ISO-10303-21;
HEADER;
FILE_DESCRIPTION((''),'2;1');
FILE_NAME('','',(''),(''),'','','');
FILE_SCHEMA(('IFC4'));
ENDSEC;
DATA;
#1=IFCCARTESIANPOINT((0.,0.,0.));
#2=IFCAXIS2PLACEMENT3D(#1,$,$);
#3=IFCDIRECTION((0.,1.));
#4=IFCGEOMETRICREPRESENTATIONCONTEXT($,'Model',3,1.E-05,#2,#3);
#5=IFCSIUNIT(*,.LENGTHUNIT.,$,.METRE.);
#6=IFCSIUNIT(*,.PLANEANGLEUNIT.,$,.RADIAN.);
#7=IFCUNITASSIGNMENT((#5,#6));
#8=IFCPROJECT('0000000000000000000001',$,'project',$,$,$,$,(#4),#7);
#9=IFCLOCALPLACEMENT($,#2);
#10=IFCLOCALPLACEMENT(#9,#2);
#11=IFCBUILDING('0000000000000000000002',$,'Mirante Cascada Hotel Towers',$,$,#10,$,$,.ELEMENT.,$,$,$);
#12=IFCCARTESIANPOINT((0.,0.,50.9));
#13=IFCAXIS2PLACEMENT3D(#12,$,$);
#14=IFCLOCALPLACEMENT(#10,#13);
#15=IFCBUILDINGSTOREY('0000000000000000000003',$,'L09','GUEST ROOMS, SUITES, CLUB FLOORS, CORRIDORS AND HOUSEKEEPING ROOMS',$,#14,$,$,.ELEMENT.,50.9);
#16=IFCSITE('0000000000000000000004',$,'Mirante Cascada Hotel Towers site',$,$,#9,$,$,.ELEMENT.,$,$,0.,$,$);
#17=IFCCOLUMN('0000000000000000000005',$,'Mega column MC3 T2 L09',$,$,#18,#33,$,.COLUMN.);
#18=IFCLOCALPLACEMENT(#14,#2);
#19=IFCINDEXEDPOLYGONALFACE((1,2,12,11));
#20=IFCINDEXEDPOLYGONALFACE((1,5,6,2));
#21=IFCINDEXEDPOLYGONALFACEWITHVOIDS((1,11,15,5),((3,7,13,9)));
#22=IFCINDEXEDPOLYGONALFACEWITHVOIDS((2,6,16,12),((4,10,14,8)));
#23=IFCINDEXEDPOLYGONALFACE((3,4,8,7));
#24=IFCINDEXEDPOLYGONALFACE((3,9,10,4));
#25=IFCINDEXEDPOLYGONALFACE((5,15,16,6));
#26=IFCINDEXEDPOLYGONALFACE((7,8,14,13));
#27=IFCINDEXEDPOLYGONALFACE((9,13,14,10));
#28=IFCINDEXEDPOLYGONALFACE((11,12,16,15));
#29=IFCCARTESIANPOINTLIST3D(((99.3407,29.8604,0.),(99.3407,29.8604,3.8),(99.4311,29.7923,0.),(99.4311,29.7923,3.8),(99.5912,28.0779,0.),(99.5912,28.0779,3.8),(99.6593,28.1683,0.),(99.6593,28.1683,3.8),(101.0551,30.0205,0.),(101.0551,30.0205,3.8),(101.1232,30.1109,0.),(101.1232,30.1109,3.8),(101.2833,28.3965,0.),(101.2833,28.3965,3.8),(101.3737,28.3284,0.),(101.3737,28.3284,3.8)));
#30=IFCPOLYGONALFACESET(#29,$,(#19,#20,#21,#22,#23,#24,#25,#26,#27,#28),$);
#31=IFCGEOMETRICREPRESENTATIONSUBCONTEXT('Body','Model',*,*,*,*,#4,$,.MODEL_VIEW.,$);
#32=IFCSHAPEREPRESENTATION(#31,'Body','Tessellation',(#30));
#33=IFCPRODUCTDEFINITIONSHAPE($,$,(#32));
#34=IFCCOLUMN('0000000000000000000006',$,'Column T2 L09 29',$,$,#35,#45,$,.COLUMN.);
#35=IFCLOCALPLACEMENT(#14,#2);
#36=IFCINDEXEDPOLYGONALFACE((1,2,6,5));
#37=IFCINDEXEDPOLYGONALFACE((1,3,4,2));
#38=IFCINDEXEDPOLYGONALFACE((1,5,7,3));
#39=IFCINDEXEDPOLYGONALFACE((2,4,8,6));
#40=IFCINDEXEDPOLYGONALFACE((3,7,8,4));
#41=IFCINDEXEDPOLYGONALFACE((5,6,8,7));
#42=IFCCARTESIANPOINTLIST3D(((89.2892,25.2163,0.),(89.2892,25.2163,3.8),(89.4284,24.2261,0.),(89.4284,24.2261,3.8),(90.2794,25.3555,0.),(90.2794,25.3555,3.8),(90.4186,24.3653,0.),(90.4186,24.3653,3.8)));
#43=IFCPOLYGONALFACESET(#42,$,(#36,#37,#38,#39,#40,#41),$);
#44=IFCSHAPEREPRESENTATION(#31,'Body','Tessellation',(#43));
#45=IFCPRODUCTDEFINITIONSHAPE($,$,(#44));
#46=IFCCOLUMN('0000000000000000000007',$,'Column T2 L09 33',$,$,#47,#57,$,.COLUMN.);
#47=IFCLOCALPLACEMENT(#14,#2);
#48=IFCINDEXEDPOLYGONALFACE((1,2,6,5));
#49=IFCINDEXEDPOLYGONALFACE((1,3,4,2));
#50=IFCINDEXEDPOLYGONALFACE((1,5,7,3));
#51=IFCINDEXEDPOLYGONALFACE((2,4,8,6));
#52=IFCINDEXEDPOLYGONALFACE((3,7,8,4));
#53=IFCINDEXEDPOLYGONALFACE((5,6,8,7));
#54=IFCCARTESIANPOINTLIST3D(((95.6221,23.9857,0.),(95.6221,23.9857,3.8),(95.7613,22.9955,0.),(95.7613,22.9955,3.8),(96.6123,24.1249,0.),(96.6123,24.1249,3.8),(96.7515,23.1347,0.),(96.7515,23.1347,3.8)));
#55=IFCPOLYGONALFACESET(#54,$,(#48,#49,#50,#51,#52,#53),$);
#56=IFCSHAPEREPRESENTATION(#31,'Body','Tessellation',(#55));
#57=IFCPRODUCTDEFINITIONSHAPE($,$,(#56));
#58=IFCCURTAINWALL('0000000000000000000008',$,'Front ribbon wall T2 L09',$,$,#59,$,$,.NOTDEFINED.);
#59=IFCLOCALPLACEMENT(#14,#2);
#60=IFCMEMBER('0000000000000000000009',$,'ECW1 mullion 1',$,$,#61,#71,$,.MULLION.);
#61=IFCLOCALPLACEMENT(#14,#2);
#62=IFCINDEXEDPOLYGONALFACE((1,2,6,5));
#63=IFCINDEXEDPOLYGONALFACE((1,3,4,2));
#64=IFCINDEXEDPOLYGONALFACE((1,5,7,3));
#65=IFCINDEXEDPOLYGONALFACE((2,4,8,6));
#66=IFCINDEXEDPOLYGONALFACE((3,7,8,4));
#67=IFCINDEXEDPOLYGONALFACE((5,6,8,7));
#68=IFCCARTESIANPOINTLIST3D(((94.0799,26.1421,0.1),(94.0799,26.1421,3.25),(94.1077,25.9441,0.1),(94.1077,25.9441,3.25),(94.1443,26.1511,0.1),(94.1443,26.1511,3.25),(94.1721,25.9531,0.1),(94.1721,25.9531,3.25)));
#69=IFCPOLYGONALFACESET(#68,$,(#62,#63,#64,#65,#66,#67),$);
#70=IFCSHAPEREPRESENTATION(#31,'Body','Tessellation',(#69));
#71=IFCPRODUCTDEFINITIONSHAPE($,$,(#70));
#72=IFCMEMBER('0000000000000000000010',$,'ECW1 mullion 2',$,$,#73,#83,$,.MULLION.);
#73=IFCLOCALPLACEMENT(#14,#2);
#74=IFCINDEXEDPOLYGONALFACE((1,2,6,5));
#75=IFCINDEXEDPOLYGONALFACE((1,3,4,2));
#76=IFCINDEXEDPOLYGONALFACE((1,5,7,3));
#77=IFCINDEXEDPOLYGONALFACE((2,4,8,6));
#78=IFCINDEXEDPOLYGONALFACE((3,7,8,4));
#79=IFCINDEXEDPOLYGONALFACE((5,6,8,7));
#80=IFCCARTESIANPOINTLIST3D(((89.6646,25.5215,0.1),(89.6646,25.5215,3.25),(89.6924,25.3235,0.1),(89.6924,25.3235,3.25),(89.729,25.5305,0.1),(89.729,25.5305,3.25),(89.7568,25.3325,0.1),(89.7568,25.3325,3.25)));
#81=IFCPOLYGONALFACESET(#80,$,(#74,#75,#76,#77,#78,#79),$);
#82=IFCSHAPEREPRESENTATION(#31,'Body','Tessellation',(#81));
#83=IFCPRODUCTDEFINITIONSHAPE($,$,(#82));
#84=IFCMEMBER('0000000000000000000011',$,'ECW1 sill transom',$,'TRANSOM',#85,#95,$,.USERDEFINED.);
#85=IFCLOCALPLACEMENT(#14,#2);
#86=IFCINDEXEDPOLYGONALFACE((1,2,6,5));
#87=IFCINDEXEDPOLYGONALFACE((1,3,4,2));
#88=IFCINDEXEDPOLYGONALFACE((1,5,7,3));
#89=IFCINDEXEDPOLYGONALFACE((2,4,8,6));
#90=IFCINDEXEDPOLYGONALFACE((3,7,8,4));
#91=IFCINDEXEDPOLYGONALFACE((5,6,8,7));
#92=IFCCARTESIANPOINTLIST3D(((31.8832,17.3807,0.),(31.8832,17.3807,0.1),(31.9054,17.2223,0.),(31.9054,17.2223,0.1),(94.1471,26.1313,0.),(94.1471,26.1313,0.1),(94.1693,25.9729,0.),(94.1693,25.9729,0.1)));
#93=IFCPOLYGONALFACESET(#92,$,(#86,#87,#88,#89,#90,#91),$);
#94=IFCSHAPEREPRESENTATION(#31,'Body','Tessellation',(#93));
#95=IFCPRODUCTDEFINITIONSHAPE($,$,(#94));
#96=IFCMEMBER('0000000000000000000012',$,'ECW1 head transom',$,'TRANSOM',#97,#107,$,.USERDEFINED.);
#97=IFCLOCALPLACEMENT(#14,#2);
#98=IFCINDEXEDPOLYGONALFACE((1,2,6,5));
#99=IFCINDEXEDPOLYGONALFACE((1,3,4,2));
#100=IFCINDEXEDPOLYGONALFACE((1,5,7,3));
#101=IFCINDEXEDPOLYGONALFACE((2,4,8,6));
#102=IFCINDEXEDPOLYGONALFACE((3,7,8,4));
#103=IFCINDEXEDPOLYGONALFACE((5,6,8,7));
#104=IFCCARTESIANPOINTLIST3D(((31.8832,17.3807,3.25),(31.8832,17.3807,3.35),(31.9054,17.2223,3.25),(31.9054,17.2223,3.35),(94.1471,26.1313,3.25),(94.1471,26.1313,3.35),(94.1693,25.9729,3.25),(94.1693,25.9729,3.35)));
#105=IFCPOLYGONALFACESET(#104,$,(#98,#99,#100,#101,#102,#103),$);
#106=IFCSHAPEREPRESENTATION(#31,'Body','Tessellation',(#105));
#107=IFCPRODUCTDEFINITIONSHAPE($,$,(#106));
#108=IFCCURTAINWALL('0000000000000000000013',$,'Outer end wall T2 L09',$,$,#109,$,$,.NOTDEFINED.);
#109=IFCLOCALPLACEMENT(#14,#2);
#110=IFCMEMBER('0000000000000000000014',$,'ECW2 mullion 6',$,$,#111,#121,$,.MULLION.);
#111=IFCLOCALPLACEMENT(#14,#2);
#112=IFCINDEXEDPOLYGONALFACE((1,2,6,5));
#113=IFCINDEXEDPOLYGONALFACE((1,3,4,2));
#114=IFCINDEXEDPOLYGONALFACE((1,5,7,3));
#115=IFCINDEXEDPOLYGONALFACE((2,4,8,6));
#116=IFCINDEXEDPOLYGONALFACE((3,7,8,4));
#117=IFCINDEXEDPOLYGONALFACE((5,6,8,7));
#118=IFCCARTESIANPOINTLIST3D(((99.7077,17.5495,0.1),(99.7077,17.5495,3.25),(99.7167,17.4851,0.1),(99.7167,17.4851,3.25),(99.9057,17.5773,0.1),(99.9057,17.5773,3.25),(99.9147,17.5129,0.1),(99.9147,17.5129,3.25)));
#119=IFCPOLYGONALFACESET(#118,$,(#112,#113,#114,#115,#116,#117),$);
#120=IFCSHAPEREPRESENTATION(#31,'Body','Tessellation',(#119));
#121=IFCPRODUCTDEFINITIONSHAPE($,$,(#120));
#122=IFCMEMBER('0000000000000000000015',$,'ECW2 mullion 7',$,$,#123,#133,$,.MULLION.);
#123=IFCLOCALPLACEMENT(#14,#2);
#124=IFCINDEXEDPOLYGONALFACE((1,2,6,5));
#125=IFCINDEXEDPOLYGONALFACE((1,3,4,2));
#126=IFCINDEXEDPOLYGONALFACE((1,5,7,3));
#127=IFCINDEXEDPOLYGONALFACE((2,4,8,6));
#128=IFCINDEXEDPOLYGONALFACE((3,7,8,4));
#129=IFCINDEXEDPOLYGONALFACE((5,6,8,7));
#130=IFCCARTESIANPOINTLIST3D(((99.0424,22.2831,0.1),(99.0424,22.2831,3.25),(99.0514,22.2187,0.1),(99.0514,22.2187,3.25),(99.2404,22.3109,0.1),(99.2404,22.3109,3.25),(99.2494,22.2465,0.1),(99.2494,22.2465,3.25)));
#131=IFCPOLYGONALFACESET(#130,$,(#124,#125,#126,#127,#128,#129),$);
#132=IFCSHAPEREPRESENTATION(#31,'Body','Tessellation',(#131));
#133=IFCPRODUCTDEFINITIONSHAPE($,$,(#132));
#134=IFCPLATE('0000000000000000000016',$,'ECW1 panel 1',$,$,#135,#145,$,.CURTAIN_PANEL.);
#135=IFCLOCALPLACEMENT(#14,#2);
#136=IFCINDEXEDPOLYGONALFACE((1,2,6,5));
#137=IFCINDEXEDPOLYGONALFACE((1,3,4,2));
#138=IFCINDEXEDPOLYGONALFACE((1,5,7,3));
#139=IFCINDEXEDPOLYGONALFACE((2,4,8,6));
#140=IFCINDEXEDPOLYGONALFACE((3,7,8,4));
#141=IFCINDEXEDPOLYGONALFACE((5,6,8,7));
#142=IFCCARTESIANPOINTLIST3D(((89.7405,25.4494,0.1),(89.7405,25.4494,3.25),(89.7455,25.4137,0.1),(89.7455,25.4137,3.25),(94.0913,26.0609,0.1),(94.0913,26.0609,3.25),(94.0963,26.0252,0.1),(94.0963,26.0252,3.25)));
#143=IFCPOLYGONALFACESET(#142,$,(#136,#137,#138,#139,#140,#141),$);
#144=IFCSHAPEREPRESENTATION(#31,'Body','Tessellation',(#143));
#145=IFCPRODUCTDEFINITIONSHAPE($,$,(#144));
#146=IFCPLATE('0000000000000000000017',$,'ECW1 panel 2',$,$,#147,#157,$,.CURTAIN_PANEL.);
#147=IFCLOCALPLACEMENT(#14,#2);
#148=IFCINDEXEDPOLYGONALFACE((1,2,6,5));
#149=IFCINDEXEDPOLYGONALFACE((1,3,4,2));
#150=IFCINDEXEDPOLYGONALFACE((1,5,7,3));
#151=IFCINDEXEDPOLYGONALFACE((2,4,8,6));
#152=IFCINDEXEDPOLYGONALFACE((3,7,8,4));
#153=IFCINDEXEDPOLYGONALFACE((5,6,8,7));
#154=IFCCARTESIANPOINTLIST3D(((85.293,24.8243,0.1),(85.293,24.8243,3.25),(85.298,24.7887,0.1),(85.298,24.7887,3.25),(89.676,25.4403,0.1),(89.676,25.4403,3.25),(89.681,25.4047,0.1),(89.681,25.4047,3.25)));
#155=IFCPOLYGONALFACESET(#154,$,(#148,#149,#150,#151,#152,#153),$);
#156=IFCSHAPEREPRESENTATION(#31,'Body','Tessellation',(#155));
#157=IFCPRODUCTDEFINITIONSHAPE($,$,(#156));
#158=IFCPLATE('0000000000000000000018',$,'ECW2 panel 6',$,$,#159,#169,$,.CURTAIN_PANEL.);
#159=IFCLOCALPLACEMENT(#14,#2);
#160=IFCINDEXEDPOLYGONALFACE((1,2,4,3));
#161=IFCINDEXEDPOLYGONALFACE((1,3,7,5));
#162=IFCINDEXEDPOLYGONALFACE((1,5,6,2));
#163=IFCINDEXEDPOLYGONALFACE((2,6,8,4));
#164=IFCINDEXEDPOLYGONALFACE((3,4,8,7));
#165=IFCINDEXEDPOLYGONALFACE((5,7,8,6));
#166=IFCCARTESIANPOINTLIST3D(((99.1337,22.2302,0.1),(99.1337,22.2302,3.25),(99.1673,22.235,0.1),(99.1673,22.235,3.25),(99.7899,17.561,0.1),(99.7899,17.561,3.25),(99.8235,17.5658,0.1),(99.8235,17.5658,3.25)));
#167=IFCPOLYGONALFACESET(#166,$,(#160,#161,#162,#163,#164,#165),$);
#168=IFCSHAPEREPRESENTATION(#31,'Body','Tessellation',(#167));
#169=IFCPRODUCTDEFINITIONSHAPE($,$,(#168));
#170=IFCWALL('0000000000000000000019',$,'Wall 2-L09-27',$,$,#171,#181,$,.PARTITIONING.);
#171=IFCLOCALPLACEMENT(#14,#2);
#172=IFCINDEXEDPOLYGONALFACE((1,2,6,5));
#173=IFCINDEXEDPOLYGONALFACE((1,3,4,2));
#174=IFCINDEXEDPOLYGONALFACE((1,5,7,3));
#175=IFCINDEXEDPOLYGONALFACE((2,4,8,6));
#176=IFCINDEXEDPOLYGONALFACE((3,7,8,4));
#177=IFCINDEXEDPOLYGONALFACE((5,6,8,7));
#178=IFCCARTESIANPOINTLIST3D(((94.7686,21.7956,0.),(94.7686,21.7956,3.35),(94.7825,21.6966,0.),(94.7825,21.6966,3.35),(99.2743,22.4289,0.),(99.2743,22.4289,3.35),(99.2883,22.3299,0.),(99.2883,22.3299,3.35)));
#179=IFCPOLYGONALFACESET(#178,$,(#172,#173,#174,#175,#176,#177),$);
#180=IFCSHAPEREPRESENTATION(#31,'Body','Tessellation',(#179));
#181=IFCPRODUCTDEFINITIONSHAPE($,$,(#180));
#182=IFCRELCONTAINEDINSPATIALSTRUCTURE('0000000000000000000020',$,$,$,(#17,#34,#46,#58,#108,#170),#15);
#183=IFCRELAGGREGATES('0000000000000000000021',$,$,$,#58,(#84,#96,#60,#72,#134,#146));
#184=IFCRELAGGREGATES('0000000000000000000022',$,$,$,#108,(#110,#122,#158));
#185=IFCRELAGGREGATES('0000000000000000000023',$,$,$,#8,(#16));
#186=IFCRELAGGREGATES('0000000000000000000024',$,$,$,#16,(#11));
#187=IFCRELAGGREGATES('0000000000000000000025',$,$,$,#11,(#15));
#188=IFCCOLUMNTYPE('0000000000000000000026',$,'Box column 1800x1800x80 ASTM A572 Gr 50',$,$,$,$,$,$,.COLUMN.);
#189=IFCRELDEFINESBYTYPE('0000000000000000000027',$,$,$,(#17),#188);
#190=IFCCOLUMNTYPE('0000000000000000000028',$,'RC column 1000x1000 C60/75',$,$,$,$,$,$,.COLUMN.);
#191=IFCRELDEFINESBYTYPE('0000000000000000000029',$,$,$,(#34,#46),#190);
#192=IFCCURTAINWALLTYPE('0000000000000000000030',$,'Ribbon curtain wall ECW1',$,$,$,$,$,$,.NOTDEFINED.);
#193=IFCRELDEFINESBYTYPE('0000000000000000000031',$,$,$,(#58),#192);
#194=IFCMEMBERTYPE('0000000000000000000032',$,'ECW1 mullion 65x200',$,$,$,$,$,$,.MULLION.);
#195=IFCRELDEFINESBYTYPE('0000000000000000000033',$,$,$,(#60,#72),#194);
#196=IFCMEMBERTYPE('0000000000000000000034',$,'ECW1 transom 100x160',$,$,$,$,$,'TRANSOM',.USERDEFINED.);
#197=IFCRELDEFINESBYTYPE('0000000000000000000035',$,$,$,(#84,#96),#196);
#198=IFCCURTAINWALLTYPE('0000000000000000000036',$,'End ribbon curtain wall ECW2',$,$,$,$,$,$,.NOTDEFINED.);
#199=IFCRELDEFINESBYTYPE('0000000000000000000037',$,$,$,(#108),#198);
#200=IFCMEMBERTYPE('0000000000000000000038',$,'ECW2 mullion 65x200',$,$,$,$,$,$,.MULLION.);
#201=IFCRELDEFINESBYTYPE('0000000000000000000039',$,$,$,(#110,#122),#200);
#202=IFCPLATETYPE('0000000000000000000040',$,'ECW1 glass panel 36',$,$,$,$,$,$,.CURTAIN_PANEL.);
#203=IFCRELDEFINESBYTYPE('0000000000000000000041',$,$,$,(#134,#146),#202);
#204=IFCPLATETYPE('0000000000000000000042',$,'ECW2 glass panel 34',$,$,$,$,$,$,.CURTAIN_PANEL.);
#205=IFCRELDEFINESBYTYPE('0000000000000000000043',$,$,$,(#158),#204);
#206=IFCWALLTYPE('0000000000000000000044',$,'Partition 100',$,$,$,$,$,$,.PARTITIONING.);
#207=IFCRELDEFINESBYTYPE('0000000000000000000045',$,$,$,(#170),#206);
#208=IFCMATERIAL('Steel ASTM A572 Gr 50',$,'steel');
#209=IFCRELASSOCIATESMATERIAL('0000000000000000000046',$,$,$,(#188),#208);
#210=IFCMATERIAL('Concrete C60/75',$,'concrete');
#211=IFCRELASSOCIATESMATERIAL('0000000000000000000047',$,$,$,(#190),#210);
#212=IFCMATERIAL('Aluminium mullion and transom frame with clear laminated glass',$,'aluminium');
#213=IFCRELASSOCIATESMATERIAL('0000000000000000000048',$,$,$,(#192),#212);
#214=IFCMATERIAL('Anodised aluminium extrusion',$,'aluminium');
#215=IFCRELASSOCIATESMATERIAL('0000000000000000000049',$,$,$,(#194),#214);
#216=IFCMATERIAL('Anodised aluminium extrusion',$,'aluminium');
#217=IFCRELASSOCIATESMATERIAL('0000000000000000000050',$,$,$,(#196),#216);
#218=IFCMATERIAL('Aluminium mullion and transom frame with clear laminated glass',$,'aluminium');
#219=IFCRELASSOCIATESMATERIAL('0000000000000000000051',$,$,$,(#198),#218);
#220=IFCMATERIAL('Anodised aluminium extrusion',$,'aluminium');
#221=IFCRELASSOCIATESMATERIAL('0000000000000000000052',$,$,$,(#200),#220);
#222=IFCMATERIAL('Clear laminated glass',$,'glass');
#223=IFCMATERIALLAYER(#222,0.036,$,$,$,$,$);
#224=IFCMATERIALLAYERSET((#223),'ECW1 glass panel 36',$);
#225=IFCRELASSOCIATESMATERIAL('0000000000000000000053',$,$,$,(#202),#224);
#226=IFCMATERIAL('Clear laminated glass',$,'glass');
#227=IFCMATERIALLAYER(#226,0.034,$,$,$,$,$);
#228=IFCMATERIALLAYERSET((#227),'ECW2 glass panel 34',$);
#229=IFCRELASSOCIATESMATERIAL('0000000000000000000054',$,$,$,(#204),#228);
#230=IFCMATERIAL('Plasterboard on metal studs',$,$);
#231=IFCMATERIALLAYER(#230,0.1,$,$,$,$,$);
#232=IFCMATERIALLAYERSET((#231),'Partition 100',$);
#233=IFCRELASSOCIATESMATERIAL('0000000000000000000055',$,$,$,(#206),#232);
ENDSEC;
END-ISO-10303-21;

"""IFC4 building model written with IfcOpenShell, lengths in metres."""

from ifc_helpers import new_model, si_unit, direction, frame, frame_2d, origin, origin_2d, place, context, subcontext, project, spatial, rectangle, hollow_rectangle, extrude, material, layer, layer_set, material_profile, profile_set, type_object, element, aggregate, save


model = new_model("IFC4")

# Units and contexts
model_context = context("Model", 3, precision=1e-05, world=origin(), true_north=direction((0.0, 1.0)))
body_context = subcontext(model_context, "Body", "Model", "MODEL_VIEW")
ifc_project = project(units=[si_unit("LENGTHUNIT", "METRE"), si_unit("PLANEANGLEUNIT", "RADIAN")], contexts=[model_context])

# Site, building, storey
site_placement = place(None, origin())
site = spatial("IfcSite", under=ifc_project, at=site_placement, Name="Mirante Cascada Hotel Towers site", CompositionType="ELEMENT", RefElevation=0.0)
building_placement = place(site_placement, origin())
building = spatial("IfcBuilding", under=site, at=building_placement, Name="Mirante Cascada Hotel Towers", CompositionType="ELEMENT")
storey_placement = place(building_placement, frame((0.0, 0.0, 50.9)))
storey = spatial("IfcBuildingStorey", under=building, at=storey_placement, Name="L09", Description="GUEST ROOMS, SUITES, CLUB FLOORS, CORRIDORS AND HOUSEKEEPING ROOMS", CompositionType="ELEMENT", Elevation=50.9)

# Columns
ifc_material_1 = material(Name="Steel ASTM A572 Gr 50", Category="steel")
ifc_material_profile_1 = material_profile(ifc_material_1, hollow_rectangle(XDim=1.8, YDim=1.8, WallThickness=0.08, at=origin_2d()), Name="Box column 1800x1800x80 ASTM A572 Gr 50")
ifc_profile_set_1 = profile_set([ifc_material_profile_1], Name="Steel ASTM A572 Gr 50")
column_type_1 = type_object("IfcColumnType", Name="Box column 1800x1800x80 ASTM A572 Gr 50", PredefinedType="COLUMN", material=ifc_profile_set_1)
column_placement = place(storey_placement, frame((100.3572, 29.0944, 0.0), z_axis=(0.0, 0.0, 1.0), x_axis=(0.990268, 0.139173, 0.0)))
element("IfcColumn", 1, at=column_placement, inside=storey, type_object=column_type_1, Name="Mega column MC3 T2 L09", PredefinedType="COLUMN", context=body_context, shape_type="SweptSolid", body=[
    extrude(hollow_rectangle(XDim=1.8, YDim=1.8, WallThickness=0.08, at=origin_2d()), origin(), (0.0, 0.0, 1.0), 3.8),
])
ifc_material_2 = material(Name="Concrete C60/75", Category="concrete")
ifc_material_profile_2 = material_profile(ifc_material_2, rectangle(XDim=1.0, YDim=1.0, at=origin_2d()), Name="RC column 1000x1000 C60/75")
ifc_profile_set_2 = profile_set([ifc_material_profile_2], Name="Concrete C60/75")
column_type_2 = type_object("IfcColumnType", Name="RC column 1000x1000 C60/75", PredefinedType="COLUMN", material=ifc_profile_set_2)
for number, where, z_axis, x_axis, name in (
    (2, (89.8539, 24.7908, 0.0), (0.0, 0.0, 1.0), (0.990268, 0.139173, 0.0), "Column T2 L09 29"),
    (3, (96.1868, 23.5602, 0.0), (0.0, 0.0, 1.0), (0.990268, 0.139173, 0.0), "Column T2 L09 33"),
):
    element("IfcColumn", number, at=place(storey_placement, frame(where, z_axis=z_axis, x_axis=x_axis)), inside=storey, type_object=column_type_2, Name=name, PredefinedType="COLUMN", context=body_context, shape_type="SweptSolid", body=[
        extrude(rectangle(XDim=1.0, YDim=1.0, at=origin_2d()), origin(), (0.0, 0.0, 1.0), 3.8),
    ])

# Curtain walls, members
ifc_material_3 = material(Name="Aluminium mullion and transom frame with clear laminated glass", Category="aluminium")
curtain_wall_type_1 = type_object("IfcCurtainWallType", Name="Ribbon curtain wall ECW1", PredefinedType="NOTDEFINED", material=ifc_material_3)
curtain_wall_1_placement = place(storey_placement, origin())
curtain_wall_1 = element("IfcCurtainWall", 4, at=curtain_wall_1_placement, inside=storey, type_object=curtain_wall_type_1, Name="Front ribbon wall T2 L09", PredefinedType="NOTDEFINED")
ifc_material_4 = material(Name="Anodised aluminium extrusion", Category="aluminium")
ifc_material_profile_3 = material_profile(ifc_material_4, rectangle(XDim=0.2, YDim=0.065, at=origin_2d()), Name="ECW1 MULLION 65x200")
ifc_profile_set_3 = profile_set([ifc_material_profile_3], Name="Anodised aluminium extrusion")
member_type_1 = type_object("IfcMemberType", Name="ECW1 mullion 65x200", PredefinedType="MULLION", material=ifc_profile_set_3)
member_1_placement = place(storey_placement, frame((94.126, 26.0476, 0.1), z_axis=(0.0, 0.0, 1.0), x_axis=(0.139173, -0.990268, 0.0)))
member_1 = element("IfcMember", 5, at=member_1_placement, type_object=member_type_1, Name="ECW1 mullion 1", PredefinedType="MULLION", context=body_context, shape_type="SweptSolid", body=[
    extrude(rectangle(XDim=0.2, YDim=0.065, at=origin_2d()), origin(), (0.0, 0.0, 1.0), 3.15),
])
member_2_placement = place(storey_placement, frame((89.7107, 25.427, 0.1), z_axis=(0.0, 0.0, 1.0), x_axis=(0.139173, -0.990268, 0.0)))
member_2 = element("IfcMember", 6, at=member_2_placement, type_object=member_type_1, Name="ECW1 mullion 2", PredefinedType="MULLION", context=body_context, shape_type="SweptSolid", body=[
    extrude(rectangle(XDim=0.2, YDim=0.065, at=origin_2d()), origin(), (0.0, 0.0, 1.0), 3.15),
])
ifc_material_5 = material(Name="Anodised aluminium extrusion", Category="aluminium")
ifc_material_profile_4 = material_profile(ifc_material_5, rectangle(XDim=0.16, YDim=0.1, at=origin_2d()), Name="ECW1 TRANSOM 100x160")
ifc_profile_set_4 = profile_set([ifc_material_profile_4], Name="Anodised aluminium extrusion")
member_type_2 = type_object("IfcMemberType", Name="ECW1 transom 100x160", ElementType="TRANSOM", PredefinedType="USERDEFINED", material=ifc_profile_set_4)
member_3_placement = place(storey_placement, frame((94.1582, 26.0521, 0.05), z_axis=(-0.990268, -0.139173, 0.0), x_axis=(0.139173, -0.990268, 0.0)))
member_3 = element("IfcMember", 7, at=member_3_placement, type_object=member_type_2, Name="ECW1 sill transom", ObjectType="TRANSOM", PredefinedType="USERDEFINED", context=body_context, shape_type="SweptSolid", body=[
    extrude(rectangle(XDim=0.16, YDim=0.1, at=origin_2d()), origin(), (0.0, 0.0, 1.0), 62.8758),
])
member_4_placement = place(storey_placement, frame((94.1582, 26.0521, 3.3), z_axis=(-0.990268, -0.139173, 0.0), x_axis=(0.139173, -0.990268, 0.0)))
member_4 = element("IfcMember", 8, at=member_4_placement, type_object=member_type_2, Name="ECW1 head transom", ObjectType="TRANSOM", PredefinedType="USERDEFINED", context=body_context, shape_type="SweptSolid", body=[
    extrude(rectangle(XDim=0.16, YDim=0.1, at=origin_2d()), origin(), (0.0, 0.0, 1.0), 62.8758),
])
ifc_material_6 = material(Name="Aluminium mullion and transom frame with clear laminated glass", Category="aluminium")
curtain_wall_type_2 = type_object("IfcCurtainWallType", Name="End ribbon curtain wall ECW2", PredefinedType="NOTDEFINED", material=ifc_material_6)
curtain_wall_2_placement = place(storey_placement, origin())
curtain_wall_2 = element("IfcCurtainWall", 9, at=curtain_wall_2_placement, inside=storey, type_object=curtain_wall_type_2, Name="Outer end wall T2 L09", PredefinedType="NOTDEFINED")
ifc_material_7 = material(Name="Anodised aluminium extrusion", Category="aluminium")
ifc_material_profile_5 = material_profile(ifc_material_7, rectangle(XDim=0.2, YDim=0.065, at=origin_2d()), Name="ECW2 MULLION 65x200")
ifc_profile_set_5 = profile_set([ifc_material_profile_5], Name="Anodised aluminium extrusion")
member_type_3 = type_object("IfcMemberType", Name="ECW2 mullion 65x200", PredefinedType="MULLION", material=ifc_profile_set_5)
member_5_placement = place(storey_placement, frame((99.8112, 17.5312, 0.1), z_axis=(0.0, 0.0, 1.0), x_axis=(-0.990268, -0.139173, 0.0)))
member_5 = element("IfcMember", 10, at=member_5_placement, type_object=member_type_3, Name="ECW2 mullion 6", PredefinedType="MULLION", context=body_context, shape_type="SweptSolid", body=[
    extrude(rectangle(XDim=0.2, YDim=0.065, at=origin_2d()), origin(), (0.0, 0.0, 1.0), 3.15),
])
member_6_placement = place(storey_placement, frame((99.1459, 22.2648, 0.1), z_axis=(0.0, 0.0, 1.0), x_axis=(-0.990268, -0.139173, 0.0)))
member_6 = element("IfcMember", 11, at=member_6_placement, type_object=member_type_3, Name="ECW2 mullion 7", PredefinedType="MULLION", context=body_context, shape_type="SweptSolid", body=[
    extrude(rectangle(XDim=0.2, YDim=0.065, at=origin_2d()), origin(), (0.0, 0.0, 1.0), 3.15),
])

# Plates
ifc_material_8 = material(Name="Clear laminated glass", Category="glass")
ifc_layer_1 = layer(ifc_material_8, 0.036)
ifc_layer_set_1 = layer_set([ifc_layer_1], Name="ECW1 glass panel 36")
plate_type_1 = type_object("IfcPlateType", Name="ECW1 glass panel 36", PredefinedType="CURTAIN_PANEL", material=ifc_layer_set_1)
plate_1_placement = place(storey_placement, frame((91.9184, 25.7373, 0.1), z_axis=(0.0, 0.0, 1.0), x_axis=(-0.990268, -0.139173, 0.0)))
plate_1 = element("IfcPlate", 12, at=plate_1_placement, type_object=plate_type_1, Name="ECW1 panel 1", PredefinedType="CURTAIN_PANEL", context=body_context, shape_type="SweptSolid", body=[
    extrude(rectangle(XDim=4.3936, YDim=0.036, at=origin_2d()), origin(), (0.0, 0.0, 1.0), 3.15),
])
plate_2_placement = place(storey_placement, frame((87.487, 25.1145, 0.1), z_axis=(0.0, 0.0, 1.0), x_axis=(-0.990268, -0.139173, 0.0)))
plate_2 = element("IfcPlate", 13, at=plate_2_placement, type_object=plate_type_1, Name="ECW1 panel 2", PredefinedType="CURTAIN_PANEL", context=body_context, shape_type="SweptSolid", body=[
    extrude(rectangle(XDim=4.4261, YDim=0.036, at=origin_2d()), origin(), (0.0, 0.0, 1.0), 3.15),
])
aggregate(curtain_wall_1, [member_3, member_4, member_1, member_2, plate_1, plate_2])
ifc_material_9 = material(Name="Clear laminated glass", Category="glass")
ifc_layer_2 = layer(ifc_material_9, 0.034)
ifc_layer_set_2 = layer_set([ifc_layer_2], Name="ECW2 glass panel 34")
plate_type_2 = type_object("IfcPlateType", Name="ECW2 glass panel 34", PredefinedType="CURTAIN_PANEL", material=ifc_layer_set_2)
plate_3_placement = place(storey_placement, frame((99.4786, 19.898, 0.1), z_axis=(0.0, 0.0, 1.0), x_axis=(-0.139173, 0.990268, 0.0)))
plate_3 = element("IfcPlate", 14, at=plate_3_placement, type_object=plate_type_2, Name="ECW2 panel 6", PredefinedType="CURTAIN_PANEL", context=body_context, shape_type="SweptSolid", body=[
    extrude(rectangle(XDim=4.7151, YDim=0.034, at=origin_2d()), origin(), (0.0, 0.0, 1.0), 3.15),
])
aggregate(curtain_wall_2, [member_5, member_6, plate_3])

# Wall
ifc_material_10 = material(Name="Plasterboard on metal studs")
ifc_layer_3 = layer(ifc_material_10, 0.1)
ifc_layer_set_3 = layer_set([ifc_layer_3], Name="Partition 100")
wall_type_1 = type_object("IfcWallType", Name="Partition 100", PredefinedType="PARTITIONING", material=ifc_layer_set_3)
wall_1_placement = place(storey_placement, frame((99.2813, 22.3794, 0.0), z_axis=(0.0, 0.0, 1.0), x_axis=(-0.990266, -0.139187, 0.0)))
element("IfcWall", 15, at=wall_1_placement, inside=storey, type_object=wall_type_1, Name="Wall 2-L09-27", PredefinedType="PARTITIONING", context=body_context, shape_type="SweptSolid", body=[
    extrude(rectangle(XDim=4.55, YDim=0.1, at=frame_2d((2.275, 0.0))), origin(), (0.0, 0.0, 1.0), 3.35),
])

save(model, "model.ifc")
